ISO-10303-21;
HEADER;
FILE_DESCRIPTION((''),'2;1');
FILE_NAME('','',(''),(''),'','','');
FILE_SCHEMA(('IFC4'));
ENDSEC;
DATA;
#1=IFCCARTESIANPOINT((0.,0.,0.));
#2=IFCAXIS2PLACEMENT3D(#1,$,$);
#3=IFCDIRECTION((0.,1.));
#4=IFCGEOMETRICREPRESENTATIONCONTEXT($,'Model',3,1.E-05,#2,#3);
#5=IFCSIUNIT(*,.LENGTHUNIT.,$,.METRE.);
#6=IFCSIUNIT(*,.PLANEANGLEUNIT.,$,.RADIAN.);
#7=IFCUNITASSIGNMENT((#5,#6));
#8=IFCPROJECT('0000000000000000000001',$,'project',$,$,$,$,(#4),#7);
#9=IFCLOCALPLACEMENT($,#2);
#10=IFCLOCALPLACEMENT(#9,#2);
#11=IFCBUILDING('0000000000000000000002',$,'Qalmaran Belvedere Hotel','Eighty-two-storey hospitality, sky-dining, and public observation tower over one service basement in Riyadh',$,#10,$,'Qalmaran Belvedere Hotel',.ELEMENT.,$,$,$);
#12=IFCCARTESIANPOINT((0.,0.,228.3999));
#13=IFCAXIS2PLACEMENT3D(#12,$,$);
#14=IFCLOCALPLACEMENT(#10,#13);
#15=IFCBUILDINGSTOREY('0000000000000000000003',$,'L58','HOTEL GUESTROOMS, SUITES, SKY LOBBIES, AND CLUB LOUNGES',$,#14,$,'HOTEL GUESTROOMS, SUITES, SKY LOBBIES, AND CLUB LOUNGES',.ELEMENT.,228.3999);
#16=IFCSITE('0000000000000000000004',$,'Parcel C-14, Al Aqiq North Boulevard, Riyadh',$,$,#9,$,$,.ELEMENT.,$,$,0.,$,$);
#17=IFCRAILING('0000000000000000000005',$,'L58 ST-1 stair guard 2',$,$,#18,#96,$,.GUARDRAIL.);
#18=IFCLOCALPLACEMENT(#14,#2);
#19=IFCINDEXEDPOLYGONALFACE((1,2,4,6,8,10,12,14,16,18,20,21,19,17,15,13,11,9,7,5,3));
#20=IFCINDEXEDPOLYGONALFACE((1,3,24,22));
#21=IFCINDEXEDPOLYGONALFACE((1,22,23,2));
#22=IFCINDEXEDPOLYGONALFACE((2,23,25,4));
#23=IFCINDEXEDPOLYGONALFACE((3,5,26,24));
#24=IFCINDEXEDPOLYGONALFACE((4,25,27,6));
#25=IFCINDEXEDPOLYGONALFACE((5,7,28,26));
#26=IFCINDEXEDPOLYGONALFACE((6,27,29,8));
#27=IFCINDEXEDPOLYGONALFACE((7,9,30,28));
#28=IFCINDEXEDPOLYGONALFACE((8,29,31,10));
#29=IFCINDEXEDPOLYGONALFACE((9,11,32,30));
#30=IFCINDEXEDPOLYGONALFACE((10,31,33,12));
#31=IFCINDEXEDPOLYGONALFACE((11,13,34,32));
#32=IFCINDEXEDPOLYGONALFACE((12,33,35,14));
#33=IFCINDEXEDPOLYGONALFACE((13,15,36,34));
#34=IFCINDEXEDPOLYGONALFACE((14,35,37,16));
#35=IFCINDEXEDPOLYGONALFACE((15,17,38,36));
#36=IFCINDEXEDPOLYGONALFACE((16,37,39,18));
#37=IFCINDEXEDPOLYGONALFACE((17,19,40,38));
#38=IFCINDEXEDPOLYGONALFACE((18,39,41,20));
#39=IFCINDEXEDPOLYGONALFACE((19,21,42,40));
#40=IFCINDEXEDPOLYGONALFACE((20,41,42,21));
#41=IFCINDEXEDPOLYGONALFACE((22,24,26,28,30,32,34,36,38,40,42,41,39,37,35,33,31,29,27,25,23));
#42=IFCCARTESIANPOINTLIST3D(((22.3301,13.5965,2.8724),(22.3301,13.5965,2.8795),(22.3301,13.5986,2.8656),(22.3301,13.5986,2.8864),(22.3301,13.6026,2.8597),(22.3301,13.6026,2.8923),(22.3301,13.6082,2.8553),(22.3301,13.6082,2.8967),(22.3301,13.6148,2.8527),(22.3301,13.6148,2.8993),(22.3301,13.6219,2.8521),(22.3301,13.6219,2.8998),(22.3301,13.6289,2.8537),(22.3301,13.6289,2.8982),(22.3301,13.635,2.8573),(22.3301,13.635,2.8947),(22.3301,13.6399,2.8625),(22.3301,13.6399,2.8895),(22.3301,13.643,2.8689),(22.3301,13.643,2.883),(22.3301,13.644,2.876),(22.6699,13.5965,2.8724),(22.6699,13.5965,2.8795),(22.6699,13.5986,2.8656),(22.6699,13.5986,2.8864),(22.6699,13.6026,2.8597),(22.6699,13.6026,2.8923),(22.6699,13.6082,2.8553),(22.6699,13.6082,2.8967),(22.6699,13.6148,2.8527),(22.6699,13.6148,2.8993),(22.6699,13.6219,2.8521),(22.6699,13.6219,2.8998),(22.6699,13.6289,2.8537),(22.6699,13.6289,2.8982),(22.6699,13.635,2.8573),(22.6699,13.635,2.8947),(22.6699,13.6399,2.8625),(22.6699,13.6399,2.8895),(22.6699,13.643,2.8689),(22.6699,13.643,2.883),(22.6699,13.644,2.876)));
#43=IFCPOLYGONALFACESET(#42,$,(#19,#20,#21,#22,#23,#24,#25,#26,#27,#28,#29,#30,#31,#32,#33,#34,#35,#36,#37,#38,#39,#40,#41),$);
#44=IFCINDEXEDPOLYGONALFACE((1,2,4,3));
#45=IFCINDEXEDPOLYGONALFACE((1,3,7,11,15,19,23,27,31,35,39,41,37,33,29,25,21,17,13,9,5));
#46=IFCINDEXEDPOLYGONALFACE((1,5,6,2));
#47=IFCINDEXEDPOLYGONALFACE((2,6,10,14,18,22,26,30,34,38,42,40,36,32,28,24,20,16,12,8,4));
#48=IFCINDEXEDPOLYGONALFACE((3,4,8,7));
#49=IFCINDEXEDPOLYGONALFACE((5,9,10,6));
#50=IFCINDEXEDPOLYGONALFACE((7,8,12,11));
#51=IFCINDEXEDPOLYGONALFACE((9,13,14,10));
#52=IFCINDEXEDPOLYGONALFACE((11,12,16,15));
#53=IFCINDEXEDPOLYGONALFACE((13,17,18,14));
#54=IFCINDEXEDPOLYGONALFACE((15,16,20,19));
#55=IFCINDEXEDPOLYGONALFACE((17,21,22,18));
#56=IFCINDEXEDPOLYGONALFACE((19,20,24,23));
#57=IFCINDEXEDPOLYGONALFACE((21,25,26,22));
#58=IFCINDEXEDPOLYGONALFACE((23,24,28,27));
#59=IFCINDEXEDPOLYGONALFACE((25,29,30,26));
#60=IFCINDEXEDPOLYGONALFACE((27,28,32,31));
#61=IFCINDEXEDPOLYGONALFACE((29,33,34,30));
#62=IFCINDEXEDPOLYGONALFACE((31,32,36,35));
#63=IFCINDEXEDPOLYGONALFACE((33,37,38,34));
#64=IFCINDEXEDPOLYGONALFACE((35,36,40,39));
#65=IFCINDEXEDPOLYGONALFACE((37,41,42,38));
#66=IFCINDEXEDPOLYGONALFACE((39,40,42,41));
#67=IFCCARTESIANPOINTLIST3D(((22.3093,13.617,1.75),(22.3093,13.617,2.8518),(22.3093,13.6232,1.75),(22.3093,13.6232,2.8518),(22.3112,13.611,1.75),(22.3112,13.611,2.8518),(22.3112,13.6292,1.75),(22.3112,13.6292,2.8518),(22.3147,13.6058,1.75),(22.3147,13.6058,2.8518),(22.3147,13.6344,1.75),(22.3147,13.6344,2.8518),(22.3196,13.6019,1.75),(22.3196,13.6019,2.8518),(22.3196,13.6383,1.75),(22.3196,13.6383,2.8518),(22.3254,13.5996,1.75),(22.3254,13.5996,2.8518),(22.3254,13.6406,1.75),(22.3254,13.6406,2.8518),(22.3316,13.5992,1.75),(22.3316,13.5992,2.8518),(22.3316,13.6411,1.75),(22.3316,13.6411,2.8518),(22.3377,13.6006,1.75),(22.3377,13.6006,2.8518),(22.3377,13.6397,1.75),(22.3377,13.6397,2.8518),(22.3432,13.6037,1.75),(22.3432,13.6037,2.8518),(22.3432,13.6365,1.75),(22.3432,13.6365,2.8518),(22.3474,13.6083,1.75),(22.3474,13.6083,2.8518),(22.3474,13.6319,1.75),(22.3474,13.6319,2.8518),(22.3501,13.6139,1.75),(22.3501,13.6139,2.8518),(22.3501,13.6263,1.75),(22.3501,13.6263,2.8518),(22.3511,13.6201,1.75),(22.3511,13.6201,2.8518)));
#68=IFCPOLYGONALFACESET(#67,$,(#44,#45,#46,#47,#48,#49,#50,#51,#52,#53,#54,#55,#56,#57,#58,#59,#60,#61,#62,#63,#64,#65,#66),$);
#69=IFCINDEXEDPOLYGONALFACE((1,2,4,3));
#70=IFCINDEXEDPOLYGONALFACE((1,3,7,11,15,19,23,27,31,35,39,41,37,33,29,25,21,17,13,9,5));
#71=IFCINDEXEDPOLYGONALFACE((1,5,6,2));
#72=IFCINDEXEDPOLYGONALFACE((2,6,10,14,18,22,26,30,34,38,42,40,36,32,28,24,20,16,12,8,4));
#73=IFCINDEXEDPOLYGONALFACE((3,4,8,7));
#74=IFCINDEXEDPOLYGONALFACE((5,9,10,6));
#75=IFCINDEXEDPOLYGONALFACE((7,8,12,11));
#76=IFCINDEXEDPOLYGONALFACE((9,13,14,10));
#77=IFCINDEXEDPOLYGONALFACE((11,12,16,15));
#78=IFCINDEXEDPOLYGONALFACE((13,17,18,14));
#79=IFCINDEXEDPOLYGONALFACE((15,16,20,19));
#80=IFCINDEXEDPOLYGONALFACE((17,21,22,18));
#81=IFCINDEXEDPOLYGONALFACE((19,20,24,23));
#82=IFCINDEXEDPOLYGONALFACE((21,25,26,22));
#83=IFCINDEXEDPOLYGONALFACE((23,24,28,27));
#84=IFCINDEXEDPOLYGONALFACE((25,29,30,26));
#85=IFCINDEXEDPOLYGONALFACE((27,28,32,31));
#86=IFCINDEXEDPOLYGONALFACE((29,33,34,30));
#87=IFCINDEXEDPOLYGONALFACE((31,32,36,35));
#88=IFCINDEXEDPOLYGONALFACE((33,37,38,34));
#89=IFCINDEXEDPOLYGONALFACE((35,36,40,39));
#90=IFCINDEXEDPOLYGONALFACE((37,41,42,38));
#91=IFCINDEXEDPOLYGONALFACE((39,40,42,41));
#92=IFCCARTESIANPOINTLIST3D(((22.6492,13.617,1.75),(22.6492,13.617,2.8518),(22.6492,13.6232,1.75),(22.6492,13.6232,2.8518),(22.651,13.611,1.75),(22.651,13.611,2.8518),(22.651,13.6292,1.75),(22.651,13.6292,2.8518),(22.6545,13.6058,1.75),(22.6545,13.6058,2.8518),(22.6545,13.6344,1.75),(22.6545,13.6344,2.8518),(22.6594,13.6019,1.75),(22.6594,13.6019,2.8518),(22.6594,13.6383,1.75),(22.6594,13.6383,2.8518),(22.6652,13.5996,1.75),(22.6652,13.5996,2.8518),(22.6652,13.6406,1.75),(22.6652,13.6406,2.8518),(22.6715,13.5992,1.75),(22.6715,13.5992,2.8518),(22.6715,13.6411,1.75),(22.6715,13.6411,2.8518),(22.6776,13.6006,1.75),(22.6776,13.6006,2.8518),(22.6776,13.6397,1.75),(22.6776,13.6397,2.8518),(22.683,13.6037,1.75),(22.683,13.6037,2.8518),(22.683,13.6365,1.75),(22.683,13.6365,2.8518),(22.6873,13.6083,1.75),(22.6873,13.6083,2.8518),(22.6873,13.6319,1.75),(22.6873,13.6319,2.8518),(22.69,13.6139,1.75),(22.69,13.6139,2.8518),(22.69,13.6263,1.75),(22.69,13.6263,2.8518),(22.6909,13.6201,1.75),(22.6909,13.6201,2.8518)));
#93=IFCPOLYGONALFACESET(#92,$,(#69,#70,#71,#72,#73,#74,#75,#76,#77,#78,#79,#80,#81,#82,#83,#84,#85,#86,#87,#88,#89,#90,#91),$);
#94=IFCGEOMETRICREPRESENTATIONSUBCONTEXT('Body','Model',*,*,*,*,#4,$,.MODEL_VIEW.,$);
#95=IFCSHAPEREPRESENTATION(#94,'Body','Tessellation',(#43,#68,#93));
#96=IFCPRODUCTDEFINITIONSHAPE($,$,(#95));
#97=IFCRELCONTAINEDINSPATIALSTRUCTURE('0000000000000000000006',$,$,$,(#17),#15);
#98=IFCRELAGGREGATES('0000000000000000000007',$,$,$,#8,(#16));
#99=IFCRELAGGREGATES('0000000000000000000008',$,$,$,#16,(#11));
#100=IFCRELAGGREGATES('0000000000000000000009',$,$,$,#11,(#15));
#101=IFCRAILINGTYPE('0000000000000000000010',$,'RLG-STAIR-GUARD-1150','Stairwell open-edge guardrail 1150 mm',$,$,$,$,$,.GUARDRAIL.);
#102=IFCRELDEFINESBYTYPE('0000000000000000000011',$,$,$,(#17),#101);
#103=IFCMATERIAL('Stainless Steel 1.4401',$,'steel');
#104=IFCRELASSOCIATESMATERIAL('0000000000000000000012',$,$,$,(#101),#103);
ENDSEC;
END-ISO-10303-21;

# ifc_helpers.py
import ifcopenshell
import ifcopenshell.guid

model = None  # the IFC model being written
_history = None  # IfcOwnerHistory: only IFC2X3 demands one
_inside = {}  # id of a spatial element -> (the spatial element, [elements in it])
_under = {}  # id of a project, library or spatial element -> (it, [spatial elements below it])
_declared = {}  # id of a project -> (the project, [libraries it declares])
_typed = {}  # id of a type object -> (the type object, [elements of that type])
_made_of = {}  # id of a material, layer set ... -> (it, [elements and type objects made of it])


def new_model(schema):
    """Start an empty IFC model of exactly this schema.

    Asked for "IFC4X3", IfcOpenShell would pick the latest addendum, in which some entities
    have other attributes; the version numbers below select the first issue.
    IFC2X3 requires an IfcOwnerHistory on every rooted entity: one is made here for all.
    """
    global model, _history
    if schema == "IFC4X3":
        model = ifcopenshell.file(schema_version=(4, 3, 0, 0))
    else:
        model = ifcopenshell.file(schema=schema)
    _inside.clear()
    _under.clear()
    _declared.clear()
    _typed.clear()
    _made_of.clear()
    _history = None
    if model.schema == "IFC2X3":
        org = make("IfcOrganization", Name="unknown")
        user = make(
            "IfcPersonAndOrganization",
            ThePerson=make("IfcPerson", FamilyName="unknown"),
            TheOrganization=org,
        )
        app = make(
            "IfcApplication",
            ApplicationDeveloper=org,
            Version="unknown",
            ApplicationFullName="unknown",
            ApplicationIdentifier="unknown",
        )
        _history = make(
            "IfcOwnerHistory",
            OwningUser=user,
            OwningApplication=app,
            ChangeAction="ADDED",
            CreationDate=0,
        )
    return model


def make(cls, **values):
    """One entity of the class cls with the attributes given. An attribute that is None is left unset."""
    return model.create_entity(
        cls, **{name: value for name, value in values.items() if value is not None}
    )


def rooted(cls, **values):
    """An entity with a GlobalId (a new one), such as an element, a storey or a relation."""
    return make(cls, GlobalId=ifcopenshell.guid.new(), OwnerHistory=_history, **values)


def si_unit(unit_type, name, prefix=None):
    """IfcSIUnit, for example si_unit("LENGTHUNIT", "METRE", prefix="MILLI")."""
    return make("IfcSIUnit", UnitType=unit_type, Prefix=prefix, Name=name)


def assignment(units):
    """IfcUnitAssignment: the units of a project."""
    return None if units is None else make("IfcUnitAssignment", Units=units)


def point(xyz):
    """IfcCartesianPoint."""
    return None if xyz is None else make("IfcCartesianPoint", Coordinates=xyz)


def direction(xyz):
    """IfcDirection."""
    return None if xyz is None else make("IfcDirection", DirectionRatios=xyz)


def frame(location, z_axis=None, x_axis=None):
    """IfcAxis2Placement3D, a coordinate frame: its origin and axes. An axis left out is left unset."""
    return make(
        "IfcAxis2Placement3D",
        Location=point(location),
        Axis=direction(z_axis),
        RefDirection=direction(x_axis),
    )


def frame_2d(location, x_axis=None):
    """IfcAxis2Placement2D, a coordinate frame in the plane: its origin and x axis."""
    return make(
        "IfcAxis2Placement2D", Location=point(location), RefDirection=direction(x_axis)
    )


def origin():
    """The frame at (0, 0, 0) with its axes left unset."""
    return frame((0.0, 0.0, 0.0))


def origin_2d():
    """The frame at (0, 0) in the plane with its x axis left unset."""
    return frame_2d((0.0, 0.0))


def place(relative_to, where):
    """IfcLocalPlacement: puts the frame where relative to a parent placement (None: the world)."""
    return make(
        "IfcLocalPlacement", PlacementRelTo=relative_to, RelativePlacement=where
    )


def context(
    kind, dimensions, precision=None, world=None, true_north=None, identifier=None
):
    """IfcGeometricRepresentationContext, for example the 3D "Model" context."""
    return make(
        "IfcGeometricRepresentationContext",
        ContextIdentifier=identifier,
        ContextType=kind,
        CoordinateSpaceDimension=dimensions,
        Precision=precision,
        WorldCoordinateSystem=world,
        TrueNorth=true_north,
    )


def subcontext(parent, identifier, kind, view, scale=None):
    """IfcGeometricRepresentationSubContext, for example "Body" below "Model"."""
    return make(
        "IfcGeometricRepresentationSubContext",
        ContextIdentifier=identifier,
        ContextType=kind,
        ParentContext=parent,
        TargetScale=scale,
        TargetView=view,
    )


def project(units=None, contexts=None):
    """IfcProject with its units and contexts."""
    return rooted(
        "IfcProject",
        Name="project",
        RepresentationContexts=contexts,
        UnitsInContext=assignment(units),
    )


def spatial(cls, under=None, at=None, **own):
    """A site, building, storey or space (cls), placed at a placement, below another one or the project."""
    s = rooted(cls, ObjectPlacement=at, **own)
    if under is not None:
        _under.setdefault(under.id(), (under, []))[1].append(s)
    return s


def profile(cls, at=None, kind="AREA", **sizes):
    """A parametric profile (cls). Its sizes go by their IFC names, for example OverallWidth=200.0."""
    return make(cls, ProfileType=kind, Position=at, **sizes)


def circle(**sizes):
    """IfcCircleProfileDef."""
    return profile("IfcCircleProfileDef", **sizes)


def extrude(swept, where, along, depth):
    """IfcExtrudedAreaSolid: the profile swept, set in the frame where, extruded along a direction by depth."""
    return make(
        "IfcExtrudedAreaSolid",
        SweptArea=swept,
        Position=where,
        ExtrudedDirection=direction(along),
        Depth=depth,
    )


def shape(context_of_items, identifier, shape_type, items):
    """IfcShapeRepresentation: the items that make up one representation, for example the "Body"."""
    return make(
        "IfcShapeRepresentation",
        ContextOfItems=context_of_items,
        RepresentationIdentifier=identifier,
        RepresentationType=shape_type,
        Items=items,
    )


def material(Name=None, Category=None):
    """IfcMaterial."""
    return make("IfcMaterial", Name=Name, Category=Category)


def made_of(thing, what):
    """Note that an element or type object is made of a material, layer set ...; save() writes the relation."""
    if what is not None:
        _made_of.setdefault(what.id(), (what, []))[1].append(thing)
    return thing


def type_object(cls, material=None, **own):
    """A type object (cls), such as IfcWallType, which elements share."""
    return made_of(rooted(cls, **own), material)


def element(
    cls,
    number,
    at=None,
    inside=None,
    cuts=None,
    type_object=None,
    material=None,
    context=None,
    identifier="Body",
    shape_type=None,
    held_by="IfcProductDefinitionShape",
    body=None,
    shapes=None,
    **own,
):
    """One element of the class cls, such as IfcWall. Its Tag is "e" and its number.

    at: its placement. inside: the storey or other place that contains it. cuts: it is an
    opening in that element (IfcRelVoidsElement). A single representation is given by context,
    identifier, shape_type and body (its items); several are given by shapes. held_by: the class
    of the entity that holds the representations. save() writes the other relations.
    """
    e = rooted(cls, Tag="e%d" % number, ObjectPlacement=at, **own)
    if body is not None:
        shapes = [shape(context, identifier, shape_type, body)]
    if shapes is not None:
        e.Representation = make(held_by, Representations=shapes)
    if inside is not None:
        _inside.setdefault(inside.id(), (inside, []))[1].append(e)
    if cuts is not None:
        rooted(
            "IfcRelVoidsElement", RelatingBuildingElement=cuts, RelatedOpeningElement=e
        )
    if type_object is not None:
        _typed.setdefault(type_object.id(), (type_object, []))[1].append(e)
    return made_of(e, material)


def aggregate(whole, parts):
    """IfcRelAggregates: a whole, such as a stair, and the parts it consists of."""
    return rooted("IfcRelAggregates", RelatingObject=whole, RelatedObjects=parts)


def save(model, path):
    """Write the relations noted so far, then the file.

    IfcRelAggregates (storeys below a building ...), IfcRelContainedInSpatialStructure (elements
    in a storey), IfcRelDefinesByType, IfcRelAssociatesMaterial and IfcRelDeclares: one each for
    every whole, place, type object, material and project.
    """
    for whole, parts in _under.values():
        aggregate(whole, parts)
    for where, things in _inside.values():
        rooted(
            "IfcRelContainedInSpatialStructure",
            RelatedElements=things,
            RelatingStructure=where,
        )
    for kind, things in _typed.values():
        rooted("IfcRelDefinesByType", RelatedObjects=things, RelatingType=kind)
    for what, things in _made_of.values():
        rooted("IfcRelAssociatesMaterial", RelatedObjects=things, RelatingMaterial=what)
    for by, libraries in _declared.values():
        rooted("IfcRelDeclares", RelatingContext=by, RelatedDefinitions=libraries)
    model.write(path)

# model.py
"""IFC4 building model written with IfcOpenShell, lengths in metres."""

from ifc_helpers import new_model, si_unit, direction, frame, origin, origin_2d, place, context, subcontext, project, spatial, circle, extrude, material, type_object, element, save


model = new_model("IFC4")

# Units and contexts
model_context = context("Model", 3, precision=1e-05, world=origin(), true_north=direction((0.0, 1.0)))
body_context = subcontext(model_context, "Body", "Model", "MODEL_VIEW")
ifc_project = project(units=[si_unit("LENGTHUNIT", "METRE"), si_unit("PLANEANGLEUNIT", "RADIAN")], contexts=[model_context])

# Site, building, storey
site_placement = place(None, origin())
site = spatial("IfcSite", under=ifc_project, at=site_placement, Name="Parcel C-14, Al Aqiq North Boulevard, Riyadh", CompositionType="ELEMENT", RefElevation=0.0)
building_placement = place(site_placement, origin())
building = spatial("IfcBuilding", under=site, at=building_placement, Name="Qalmaran Belvedere Hotel", Description="Eighty-two-storey hospitality, sky-dining, and public observation tower over one service basement in Riyadh", LongName="Qalmaran Belvedere Hotel", CompositionType="ELEMENT")
storey_placement = place(building_placement, frame((0.0, 0.0, 228.3999)))
storey = spatial("IfcBuildingStorey", under=building, at=storey_placement, Name="L58", Description="HOTEL GUESTROOMS, SUITES, SKY LOBBIES, AND CLUB LOUNGES", LongName="HOTEL GUESTROOMS, SUITES, SKY LOBBIES, AND CLUB LOUNGES", CompositionType="ELEMENT", Elevation=228.3999)

# Shared definitions
ifc_material_1 = material(Name="Stainless Steel 1.4401", Category="steel")

# Railing
railing_type_1 = type_object("IfcRailingType", Name="RLG-STAIR-GUARD-1150", Description="Stairwell open-edge guardrail 1150 mm", PredefinedType="GUARDRAIL", material=ifc_material_1)
railing_1_placement = place(storey_placement, frame((22.3301, 13.6201, 1.75)))
element("IfcRailing", 1, at=railing_1_placement, inside=storey, type_object=railing_type_1, Name="L58 ST-1 stair guard 2", PredefinedType="GUARDRAIL", context=body_context, shape_type="SweptSolid", body=[
    extrude(circle(Radius=0.0239, at=origin_2d()), frame((0.0, 0.0, 1.126), z_axis=(1.0, 0.0, 0.0), x_axis=(0.0, 1.0, 0.0)), (0.0, 0.0, 1.0), 0.3398),
    extrude(circle(Radius=0.021, at=origin_2d()), origin(), (0.0, 0.0, 1.0), 1.1018),
    extrude(circle(Radius=0.021, at=origin_2d()), frame((0.3398, 0.0, 0.0)), (0.0, 0.0, 1.0), 1.1018),
])

save(model, "model.ifc")
